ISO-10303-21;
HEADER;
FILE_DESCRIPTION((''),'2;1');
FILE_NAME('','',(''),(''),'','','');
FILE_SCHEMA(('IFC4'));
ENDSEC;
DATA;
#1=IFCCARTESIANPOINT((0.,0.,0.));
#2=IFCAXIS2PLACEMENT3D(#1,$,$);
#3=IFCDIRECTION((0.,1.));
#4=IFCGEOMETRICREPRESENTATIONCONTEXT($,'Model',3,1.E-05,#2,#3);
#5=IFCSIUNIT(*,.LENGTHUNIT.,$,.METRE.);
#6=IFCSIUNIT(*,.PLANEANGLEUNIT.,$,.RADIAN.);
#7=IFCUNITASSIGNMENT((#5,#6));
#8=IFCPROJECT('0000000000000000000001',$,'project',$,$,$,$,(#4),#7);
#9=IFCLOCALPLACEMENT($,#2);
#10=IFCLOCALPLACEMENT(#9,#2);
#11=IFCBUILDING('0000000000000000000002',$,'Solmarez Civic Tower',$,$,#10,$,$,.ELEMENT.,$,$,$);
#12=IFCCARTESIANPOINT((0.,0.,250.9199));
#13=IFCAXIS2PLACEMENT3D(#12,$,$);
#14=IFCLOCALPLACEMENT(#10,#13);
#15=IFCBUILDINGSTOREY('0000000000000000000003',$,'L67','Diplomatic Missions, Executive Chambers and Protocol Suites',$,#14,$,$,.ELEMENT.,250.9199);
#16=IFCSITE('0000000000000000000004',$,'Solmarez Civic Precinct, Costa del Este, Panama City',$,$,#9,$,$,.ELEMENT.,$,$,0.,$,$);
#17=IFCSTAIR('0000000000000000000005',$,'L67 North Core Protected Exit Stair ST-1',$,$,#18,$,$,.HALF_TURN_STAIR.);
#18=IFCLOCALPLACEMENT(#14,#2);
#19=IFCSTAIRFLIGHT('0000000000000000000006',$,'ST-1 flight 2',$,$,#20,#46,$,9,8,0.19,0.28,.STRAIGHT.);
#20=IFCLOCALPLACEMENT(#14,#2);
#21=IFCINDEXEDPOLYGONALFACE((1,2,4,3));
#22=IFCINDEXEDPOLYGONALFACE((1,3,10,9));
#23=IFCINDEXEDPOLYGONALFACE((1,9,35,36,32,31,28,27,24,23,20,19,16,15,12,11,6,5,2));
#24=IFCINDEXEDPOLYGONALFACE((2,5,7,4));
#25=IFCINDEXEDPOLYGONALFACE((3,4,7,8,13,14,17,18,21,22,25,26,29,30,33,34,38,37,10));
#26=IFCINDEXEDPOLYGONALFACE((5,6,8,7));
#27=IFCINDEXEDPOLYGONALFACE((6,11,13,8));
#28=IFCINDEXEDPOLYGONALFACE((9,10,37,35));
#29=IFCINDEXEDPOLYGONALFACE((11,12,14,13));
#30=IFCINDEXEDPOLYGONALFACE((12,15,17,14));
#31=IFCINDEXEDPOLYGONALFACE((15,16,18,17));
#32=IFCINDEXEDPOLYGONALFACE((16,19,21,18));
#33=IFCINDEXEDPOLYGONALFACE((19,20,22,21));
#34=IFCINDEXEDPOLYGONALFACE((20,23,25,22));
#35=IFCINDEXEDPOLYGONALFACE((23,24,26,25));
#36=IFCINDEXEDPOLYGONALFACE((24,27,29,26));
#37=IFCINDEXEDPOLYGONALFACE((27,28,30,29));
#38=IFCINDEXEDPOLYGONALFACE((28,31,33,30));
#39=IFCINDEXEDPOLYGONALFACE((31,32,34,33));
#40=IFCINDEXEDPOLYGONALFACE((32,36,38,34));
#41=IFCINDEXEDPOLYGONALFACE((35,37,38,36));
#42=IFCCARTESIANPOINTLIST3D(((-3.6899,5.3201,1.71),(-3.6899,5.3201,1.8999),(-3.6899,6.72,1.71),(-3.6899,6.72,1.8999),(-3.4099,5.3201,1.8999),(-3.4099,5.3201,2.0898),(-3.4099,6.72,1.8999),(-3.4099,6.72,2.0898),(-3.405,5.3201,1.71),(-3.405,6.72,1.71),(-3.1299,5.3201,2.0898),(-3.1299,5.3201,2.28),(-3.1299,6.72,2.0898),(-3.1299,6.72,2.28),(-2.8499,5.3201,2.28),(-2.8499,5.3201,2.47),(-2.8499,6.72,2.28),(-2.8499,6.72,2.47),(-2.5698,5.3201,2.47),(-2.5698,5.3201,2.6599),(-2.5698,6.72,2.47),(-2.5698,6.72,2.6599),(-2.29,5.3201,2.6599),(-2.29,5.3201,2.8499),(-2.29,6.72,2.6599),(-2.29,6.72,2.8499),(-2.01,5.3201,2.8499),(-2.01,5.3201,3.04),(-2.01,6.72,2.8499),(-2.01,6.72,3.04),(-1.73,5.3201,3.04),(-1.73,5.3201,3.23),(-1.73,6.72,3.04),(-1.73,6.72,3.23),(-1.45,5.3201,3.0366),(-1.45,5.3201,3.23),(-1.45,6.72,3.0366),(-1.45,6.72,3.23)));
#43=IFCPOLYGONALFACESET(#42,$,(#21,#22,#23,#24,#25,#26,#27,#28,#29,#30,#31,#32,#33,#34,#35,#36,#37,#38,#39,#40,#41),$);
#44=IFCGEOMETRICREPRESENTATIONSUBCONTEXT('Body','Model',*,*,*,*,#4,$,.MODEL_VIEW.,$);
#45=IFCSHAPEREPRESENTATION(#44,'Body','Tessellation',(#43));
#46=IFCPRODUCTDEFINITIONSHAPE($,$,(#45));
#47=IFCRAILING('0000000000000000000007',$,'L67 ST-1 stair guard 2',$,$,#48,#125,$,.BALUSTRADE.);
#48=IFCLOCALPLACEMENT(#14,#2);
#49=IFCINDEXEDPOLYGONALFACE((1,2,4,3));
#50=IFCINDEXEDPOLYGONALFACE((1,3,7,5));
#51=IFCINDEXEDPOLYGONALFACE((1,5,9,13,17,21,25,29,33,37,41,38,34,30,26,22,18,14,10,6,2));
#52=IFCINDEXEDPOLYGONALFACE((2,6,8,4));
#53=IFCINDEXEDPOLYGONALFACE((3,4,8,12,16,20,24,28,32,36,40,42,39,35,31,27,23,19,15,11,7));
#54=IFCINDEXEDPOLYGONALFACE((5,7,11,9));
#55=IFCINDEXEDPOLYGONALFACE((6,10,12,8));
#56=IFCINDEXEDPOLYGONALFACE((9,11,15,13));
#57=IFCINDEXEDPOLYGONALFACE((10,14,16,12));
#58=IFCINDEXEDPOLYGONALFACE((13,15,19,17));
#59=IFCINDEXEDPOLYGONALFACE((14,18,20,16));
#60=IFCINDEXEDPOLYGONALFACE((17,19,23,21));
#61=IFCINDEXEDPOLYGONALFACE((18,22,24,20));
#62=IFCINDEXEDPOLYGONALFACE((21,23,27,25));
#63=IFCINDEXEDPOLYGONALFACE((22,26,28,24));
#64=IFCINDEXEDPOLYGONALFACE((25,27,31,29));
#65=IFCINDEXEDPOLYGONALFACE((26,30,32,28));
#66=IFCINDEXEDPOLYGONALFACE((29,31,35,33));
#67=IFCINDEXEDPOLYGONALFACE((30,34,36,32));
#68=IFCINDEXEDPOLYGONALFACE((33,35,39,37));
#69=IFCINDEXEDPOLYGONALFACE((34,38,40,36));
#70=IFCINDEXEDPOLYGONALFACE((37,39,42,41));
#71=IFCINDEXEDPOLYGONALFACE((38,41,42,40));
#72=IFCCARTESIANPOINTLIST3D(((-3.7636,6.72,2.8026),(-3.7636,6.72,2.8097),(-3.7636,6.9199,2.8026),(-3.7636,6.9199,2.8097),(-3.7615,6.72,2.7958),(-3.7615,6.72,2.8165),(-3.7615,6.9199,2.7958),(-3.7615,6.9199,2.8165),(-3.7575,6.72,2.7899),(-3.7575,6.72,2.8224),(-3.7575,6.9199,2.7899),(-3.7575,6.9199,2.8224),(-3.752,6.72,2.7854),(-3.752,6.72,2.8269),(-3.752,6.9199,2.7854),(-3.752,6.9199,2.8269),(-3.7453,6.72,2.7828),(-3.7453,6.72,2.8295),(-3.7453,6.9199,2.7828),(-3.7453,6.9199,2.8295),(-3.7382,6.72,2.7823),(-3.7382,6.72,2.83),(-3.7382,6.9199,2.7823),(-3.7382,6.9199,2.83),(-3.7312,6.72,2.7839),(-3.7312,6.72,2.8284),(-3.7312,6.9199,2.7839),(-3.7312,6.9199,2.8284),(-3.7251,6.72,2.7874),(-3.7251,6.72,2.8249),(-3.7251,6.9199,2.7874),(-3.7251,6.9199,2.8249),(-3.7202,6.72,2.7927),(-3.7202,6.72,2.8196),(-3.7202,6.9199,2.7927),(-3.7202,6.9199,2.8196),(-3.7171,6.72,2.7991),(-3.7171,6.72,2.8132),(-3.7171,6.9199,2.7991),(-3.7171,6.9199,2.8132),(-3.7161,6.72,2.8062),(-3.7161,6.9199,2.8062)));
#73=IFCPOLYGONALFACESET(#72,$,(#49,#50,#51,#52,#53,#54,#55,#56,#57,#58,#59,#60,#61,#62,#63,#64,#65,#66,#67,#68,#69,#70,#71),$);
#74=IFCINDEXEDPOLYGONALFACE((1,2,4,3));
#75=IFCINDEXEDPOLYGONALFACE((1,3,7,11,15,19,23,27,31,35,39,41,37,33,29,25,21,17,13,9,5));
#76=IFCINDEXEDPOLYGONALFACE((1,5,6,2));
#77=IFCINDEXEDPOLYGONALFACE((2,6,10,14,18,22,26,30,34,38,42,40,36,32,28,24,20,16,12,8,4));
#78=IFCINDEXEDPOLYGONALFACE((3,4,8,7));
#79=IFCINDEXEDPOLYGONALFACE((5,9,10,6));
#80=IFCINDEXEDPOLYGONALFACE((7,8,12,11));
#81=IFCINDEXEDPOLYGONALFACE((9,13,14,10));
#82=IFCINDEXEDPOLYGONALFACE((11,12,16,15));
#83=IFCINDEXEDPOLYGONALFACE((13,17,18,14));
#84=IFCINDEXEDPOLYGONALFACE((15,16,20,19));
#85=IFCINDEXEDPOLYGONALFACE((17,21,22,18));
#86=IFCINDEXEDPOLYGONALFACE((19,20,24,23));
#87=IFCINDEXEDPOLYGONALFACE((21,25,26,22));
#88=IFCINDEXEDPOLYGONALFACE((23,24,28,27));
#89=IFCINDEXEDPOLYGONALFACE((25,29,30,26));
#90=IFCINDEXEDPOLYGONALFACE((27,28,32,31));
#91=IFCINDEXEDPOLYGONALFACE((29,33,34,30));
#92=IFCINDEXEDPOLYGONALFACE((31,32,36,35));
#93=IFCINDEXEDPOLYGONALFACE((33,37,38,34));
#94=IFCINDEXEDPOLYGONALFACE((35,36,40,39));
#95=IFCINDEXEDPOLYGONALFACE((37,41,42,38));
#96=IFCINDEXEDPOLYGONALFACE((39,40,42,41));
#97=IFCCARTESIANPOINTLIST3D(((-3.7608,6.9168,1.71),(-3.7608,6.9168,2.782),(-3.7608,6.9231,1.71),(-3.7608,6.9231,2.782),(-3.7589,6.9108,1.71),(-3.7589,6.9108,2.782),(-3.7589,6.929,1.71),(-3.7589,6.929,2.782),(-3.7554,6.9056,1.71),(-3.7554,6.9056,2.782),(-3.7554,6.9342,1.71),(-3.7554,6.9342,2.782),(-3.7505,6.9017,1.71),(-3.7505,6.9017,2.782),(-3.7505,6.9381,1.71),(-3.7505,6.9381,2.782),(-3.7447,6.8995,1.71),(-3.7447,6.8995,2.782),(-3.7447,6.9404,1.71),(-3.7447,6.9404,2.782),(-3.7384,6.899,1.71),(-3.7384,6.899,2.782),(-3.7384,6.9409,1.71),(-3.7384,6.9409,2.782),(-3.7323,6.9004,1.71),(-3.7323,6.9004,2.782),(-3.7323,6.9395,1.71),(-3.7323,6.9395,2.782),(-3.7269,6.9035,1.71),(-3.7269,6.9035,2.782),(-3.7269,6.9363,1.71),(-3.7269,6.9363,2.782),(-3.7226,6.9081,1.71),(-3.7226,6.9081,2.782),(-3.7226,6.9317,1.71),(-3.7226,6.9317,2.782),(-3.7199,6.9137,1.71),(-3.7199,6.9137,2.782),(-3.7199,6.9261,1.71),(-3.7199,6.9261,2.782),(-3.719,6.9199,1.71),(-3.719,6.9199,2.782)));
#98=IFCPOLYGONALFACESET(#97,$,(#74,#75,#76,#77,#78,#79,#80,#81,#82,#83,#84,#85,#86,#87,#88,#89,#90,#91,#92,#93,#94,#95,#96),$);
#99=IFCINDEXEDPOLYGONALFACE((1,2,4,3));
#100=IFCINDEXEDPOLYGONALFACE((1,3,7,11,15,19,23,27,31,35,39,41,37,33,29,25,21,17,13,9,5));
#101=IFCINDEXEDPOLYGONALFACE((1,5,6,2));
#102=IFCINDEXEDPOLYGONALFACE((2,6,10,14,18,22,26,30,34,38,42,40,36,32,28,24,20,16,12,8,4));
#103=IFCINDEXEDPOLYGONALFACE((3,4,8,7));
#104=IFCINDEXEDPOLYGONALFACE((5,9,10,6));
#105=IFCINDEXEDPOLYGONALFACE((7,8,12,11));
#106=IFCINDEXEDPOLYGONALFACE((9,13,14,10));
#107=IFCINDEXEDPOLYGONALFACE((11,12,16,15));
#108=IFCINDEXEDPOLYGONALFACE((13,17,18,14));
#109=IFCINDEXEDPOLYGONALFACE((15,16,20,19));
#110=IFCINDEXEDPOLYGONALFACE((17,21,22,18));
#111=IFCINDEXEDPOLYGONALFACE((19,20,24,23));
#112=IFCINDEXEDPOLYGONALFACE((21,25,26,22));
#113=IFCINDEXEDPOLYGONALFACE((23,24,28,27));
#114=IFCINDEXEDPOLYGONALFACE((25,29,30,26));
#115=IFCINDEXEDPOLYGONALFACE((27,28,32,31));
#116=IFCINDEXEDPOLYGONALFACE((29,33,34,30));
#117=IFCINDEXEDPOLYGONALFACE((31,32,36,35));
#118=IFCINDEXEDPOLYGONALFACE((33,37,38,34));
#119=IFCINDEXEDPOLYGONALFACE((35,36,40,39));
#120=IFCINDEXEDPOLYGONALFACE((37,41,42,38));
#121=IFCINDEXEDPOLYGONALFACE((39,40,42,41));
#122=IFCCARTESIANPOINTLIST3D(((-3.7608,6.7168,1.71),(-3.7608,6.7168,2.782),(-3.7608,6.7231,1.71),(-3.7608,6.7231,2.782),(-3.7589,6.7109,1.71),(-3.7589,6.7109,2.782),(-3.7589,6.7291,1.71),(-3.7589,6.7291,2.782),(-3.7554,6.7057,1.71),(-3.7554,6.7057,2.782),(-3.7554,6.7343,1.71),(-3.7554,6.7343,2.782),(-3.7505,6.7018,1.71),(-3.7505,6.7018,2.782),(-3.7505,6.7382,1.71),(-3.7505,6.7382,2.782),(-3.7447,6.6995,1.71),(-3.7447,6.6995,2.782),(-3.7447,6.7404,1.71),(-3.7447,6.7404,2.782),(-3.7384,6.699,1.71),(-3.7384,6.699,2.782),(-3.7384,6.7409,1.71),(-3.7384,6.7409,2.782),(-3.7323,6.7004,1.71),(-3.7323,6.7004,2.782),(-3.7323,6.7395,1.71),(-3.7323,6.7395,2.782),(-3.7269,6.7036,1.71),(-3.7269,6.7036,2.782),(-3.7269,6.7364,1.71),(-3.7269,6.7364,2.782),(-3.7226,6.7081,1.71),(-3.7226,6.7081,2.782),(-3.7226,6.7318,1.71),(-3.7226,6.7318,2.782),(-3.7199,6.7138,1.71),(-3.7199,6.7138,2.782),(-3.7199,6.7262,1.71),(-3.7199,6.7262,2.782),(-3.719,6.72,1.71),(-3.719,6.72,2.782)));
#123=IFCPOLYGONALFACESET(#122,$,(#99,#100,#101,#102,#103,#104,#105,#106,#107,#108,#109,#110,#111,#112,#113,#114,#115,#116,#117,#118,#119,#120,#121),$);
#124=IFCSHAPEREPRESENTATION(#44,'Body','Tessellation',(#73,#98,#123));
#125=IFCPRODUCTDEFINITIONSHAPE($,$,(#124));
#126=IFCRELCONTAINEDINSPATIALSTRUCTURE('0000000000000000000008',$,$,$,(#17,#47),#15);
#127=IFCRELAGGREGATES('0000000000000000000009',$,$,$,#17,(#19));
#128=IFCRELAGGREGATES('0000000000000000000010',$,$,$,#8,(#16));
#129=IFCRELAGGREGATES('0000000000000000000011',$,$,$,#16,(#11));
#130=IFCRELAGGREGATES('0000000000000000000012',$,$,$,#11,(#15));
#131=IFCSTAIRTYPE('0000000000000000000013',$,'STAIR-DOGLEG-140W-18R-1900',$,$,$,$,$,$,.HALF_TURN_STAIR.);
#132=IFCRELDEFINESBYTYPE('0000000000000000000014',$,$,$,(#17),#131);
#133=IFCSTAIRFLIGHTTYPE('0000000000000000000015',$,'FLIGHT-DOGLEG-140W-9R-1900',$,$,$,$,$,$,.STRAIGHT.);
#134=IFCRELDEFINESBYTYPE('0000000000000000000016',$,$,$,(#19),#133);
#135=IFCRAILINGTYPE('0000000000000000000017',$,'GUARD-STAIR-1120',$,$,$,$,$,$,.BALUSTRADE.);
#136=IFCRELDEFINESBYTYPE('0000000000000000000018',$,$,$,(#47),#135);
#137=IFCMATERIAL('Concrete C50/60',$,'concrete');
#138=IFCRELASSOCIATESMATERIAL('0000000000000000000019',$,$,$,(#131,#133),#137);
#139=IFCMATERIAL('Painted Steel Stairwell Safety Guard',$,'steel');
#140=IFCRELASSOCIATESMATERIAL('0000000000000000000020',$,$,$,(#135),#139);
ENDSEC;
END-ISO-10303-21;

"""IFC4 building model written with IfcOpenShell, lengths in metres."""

from ifc_helpers import new_model, si_unit, direction, frame, origin, origin_2d, place, context, subcontext, project, spatial, polyline, circle, outline, extrude, material, type_object, element, aggregate, save


model = new_model("IFC4")

# Units and contexts
model_context = context("Model", 3, precision=1e-05, world=origin(), true_north=direction((0.0, 1.0)))
body_context = subcontext(model_context, "Body", "Model", "MODEL_VIEW")
ifc_project = project(units=[si_unit("LENGTHUNIT", "METRE"), si_unit("PLANEANGLEUNIT", "RADIAN")], contexts=[model_context])

# Site, building, storey
site_placement = place(None, origin())
site = spatial("IfcSite", under=ifc_project, at=site_placement, Name="Solmarez Civic Precinct, Costa del Este, Panama City", CompositionType="ELEMENT", RefElevation=0.0)
building_placement = place(site_placement, origin())
building = spatial("IfcBuilding", under=site, at=building_placement, Name="Solmarez Civic Tower", CompositionType="ELEMENT")
storey_placement = place(building_placement, frame((0.0, 0.0, 250.9199)))
storey = spatial("IfcBuildingStorey", under=building, at=storey_placement, Name="L67", Description="Diplomatic Missions, Executive Chambers and Protocol Suites", CompositionType="ELEMENT", Elevation=250.9199)

# Shared definitions
ifc_material_1 = material(Name="Concrete C50/60", Category="concrete")

# Stair
stair_type = type_object("IfcStairType", Name="STAIR-DOGLEG-140W-18R-1900", PredefinedType="HALF_TURN_STAIR", material=ifc_material_1)
stair_1_placement = place(storey_placement, origin())
stair_1 = element("IfcStair", 1, at=stair_1_placement, inside=storey, type_object=stair_type, Name="L67 North Core Protected Exit Stair ST-1", PredefinedType="HALF_TURN_STAIR")

# Stair flight
stair_flight_type = type_object("IfcStairFlightType", Name="FLIGHT-DOGLEG-140W-9R-1900", PredefinedType="STRAIGHT", material=ifc_material_1)
stair_flight_placement = place(storey_placement, frame((-3.6899, 6.02, 1.71), z_axis=(0.0, 0.0, 1.0), x_axis=(1.0, 0.0, 0.0)))
stair_flight = element("IfcStairFlight", 2, at=stair_flight_placement, type_object=stair_flight_type, Name="ST-1 flight 2", NumberOfRisers=9, NumberOfTreads=8, PredefinedType="STRAIGHT", RiserHeight=0.19, TreadLength=0.28, context=body_context, shape_type="SweptSolid", body=[
    extrude(outline(polyline([(0.0, 0.0), (0.0, 0.1899), (0.28, 0.1899), (0.28, 0.3799), (0.5601, 0.3799), (0.5601, 0.5701), (0.8401, 0.5701), (0.8401, 0.76), (1.1201, 0.76), (1.1201, 0.95), (1.3999, 0.95), (1.3999, 1.1399), (1.6799, 1.1399), (1.6799, 1.3301), (1.96, 1.3301), (1.96, 1.52), (2.24, 1.52), (2.24, 1.71), (2.24, 1.3267), (0.2849, 0.0), (0.0, 0.0)])), frame((0.0, 0.7, 0.0), z_axis=(0.0, -1.0, 0.0), x_axis=(1.0, 0.0, 0.0)), (0.0, 0.0, 1.0), 1.3999),
])
aggregate(stair_1, [stair_flight])

# Railing
ifc_material_2 = material(Name="Painted Steel Stairwell Safety Guard", Category="steel")
railing_type_1 = type_object("IfcRailingType", Name="GUARD-STAIR-1120", PredefinedType="BALUSTRADE", material=ifc_material_2)
railing_1_placement = place(storey_placement, frame((-3.74, 6.9199, 1.71)))
element("IfcRailing", 3, at=railing_1_placement, inside=storey, type_object=railing_type_1, Name="L67 ST-1 stair guard 2", PredefinedType="BALUSTRADE", context=body_context, shape_type="SweptSolid", body=[
    extrude(circle(Radius=0.0239, at=origin_2d()), frame((0.0, 0.0, 1.0962), z_axis=(0.0, -1.0, 0.0), x_axis=(1.0, 0.0, 0.0)), (0.0, 0.0, 1.0), 0.2),
    extrude(circle(Radius=0.021, at=origin_2d()), origin(), (0.0, 0.0, 1.0), 1.072),
    extrude(circle(Radius=0.021, at=origin_2d()), frame((0.0, -0.2, 0.0)), (0.0, 0.0, 1.0), 1.072),
])

save(model, "model.ifc")
